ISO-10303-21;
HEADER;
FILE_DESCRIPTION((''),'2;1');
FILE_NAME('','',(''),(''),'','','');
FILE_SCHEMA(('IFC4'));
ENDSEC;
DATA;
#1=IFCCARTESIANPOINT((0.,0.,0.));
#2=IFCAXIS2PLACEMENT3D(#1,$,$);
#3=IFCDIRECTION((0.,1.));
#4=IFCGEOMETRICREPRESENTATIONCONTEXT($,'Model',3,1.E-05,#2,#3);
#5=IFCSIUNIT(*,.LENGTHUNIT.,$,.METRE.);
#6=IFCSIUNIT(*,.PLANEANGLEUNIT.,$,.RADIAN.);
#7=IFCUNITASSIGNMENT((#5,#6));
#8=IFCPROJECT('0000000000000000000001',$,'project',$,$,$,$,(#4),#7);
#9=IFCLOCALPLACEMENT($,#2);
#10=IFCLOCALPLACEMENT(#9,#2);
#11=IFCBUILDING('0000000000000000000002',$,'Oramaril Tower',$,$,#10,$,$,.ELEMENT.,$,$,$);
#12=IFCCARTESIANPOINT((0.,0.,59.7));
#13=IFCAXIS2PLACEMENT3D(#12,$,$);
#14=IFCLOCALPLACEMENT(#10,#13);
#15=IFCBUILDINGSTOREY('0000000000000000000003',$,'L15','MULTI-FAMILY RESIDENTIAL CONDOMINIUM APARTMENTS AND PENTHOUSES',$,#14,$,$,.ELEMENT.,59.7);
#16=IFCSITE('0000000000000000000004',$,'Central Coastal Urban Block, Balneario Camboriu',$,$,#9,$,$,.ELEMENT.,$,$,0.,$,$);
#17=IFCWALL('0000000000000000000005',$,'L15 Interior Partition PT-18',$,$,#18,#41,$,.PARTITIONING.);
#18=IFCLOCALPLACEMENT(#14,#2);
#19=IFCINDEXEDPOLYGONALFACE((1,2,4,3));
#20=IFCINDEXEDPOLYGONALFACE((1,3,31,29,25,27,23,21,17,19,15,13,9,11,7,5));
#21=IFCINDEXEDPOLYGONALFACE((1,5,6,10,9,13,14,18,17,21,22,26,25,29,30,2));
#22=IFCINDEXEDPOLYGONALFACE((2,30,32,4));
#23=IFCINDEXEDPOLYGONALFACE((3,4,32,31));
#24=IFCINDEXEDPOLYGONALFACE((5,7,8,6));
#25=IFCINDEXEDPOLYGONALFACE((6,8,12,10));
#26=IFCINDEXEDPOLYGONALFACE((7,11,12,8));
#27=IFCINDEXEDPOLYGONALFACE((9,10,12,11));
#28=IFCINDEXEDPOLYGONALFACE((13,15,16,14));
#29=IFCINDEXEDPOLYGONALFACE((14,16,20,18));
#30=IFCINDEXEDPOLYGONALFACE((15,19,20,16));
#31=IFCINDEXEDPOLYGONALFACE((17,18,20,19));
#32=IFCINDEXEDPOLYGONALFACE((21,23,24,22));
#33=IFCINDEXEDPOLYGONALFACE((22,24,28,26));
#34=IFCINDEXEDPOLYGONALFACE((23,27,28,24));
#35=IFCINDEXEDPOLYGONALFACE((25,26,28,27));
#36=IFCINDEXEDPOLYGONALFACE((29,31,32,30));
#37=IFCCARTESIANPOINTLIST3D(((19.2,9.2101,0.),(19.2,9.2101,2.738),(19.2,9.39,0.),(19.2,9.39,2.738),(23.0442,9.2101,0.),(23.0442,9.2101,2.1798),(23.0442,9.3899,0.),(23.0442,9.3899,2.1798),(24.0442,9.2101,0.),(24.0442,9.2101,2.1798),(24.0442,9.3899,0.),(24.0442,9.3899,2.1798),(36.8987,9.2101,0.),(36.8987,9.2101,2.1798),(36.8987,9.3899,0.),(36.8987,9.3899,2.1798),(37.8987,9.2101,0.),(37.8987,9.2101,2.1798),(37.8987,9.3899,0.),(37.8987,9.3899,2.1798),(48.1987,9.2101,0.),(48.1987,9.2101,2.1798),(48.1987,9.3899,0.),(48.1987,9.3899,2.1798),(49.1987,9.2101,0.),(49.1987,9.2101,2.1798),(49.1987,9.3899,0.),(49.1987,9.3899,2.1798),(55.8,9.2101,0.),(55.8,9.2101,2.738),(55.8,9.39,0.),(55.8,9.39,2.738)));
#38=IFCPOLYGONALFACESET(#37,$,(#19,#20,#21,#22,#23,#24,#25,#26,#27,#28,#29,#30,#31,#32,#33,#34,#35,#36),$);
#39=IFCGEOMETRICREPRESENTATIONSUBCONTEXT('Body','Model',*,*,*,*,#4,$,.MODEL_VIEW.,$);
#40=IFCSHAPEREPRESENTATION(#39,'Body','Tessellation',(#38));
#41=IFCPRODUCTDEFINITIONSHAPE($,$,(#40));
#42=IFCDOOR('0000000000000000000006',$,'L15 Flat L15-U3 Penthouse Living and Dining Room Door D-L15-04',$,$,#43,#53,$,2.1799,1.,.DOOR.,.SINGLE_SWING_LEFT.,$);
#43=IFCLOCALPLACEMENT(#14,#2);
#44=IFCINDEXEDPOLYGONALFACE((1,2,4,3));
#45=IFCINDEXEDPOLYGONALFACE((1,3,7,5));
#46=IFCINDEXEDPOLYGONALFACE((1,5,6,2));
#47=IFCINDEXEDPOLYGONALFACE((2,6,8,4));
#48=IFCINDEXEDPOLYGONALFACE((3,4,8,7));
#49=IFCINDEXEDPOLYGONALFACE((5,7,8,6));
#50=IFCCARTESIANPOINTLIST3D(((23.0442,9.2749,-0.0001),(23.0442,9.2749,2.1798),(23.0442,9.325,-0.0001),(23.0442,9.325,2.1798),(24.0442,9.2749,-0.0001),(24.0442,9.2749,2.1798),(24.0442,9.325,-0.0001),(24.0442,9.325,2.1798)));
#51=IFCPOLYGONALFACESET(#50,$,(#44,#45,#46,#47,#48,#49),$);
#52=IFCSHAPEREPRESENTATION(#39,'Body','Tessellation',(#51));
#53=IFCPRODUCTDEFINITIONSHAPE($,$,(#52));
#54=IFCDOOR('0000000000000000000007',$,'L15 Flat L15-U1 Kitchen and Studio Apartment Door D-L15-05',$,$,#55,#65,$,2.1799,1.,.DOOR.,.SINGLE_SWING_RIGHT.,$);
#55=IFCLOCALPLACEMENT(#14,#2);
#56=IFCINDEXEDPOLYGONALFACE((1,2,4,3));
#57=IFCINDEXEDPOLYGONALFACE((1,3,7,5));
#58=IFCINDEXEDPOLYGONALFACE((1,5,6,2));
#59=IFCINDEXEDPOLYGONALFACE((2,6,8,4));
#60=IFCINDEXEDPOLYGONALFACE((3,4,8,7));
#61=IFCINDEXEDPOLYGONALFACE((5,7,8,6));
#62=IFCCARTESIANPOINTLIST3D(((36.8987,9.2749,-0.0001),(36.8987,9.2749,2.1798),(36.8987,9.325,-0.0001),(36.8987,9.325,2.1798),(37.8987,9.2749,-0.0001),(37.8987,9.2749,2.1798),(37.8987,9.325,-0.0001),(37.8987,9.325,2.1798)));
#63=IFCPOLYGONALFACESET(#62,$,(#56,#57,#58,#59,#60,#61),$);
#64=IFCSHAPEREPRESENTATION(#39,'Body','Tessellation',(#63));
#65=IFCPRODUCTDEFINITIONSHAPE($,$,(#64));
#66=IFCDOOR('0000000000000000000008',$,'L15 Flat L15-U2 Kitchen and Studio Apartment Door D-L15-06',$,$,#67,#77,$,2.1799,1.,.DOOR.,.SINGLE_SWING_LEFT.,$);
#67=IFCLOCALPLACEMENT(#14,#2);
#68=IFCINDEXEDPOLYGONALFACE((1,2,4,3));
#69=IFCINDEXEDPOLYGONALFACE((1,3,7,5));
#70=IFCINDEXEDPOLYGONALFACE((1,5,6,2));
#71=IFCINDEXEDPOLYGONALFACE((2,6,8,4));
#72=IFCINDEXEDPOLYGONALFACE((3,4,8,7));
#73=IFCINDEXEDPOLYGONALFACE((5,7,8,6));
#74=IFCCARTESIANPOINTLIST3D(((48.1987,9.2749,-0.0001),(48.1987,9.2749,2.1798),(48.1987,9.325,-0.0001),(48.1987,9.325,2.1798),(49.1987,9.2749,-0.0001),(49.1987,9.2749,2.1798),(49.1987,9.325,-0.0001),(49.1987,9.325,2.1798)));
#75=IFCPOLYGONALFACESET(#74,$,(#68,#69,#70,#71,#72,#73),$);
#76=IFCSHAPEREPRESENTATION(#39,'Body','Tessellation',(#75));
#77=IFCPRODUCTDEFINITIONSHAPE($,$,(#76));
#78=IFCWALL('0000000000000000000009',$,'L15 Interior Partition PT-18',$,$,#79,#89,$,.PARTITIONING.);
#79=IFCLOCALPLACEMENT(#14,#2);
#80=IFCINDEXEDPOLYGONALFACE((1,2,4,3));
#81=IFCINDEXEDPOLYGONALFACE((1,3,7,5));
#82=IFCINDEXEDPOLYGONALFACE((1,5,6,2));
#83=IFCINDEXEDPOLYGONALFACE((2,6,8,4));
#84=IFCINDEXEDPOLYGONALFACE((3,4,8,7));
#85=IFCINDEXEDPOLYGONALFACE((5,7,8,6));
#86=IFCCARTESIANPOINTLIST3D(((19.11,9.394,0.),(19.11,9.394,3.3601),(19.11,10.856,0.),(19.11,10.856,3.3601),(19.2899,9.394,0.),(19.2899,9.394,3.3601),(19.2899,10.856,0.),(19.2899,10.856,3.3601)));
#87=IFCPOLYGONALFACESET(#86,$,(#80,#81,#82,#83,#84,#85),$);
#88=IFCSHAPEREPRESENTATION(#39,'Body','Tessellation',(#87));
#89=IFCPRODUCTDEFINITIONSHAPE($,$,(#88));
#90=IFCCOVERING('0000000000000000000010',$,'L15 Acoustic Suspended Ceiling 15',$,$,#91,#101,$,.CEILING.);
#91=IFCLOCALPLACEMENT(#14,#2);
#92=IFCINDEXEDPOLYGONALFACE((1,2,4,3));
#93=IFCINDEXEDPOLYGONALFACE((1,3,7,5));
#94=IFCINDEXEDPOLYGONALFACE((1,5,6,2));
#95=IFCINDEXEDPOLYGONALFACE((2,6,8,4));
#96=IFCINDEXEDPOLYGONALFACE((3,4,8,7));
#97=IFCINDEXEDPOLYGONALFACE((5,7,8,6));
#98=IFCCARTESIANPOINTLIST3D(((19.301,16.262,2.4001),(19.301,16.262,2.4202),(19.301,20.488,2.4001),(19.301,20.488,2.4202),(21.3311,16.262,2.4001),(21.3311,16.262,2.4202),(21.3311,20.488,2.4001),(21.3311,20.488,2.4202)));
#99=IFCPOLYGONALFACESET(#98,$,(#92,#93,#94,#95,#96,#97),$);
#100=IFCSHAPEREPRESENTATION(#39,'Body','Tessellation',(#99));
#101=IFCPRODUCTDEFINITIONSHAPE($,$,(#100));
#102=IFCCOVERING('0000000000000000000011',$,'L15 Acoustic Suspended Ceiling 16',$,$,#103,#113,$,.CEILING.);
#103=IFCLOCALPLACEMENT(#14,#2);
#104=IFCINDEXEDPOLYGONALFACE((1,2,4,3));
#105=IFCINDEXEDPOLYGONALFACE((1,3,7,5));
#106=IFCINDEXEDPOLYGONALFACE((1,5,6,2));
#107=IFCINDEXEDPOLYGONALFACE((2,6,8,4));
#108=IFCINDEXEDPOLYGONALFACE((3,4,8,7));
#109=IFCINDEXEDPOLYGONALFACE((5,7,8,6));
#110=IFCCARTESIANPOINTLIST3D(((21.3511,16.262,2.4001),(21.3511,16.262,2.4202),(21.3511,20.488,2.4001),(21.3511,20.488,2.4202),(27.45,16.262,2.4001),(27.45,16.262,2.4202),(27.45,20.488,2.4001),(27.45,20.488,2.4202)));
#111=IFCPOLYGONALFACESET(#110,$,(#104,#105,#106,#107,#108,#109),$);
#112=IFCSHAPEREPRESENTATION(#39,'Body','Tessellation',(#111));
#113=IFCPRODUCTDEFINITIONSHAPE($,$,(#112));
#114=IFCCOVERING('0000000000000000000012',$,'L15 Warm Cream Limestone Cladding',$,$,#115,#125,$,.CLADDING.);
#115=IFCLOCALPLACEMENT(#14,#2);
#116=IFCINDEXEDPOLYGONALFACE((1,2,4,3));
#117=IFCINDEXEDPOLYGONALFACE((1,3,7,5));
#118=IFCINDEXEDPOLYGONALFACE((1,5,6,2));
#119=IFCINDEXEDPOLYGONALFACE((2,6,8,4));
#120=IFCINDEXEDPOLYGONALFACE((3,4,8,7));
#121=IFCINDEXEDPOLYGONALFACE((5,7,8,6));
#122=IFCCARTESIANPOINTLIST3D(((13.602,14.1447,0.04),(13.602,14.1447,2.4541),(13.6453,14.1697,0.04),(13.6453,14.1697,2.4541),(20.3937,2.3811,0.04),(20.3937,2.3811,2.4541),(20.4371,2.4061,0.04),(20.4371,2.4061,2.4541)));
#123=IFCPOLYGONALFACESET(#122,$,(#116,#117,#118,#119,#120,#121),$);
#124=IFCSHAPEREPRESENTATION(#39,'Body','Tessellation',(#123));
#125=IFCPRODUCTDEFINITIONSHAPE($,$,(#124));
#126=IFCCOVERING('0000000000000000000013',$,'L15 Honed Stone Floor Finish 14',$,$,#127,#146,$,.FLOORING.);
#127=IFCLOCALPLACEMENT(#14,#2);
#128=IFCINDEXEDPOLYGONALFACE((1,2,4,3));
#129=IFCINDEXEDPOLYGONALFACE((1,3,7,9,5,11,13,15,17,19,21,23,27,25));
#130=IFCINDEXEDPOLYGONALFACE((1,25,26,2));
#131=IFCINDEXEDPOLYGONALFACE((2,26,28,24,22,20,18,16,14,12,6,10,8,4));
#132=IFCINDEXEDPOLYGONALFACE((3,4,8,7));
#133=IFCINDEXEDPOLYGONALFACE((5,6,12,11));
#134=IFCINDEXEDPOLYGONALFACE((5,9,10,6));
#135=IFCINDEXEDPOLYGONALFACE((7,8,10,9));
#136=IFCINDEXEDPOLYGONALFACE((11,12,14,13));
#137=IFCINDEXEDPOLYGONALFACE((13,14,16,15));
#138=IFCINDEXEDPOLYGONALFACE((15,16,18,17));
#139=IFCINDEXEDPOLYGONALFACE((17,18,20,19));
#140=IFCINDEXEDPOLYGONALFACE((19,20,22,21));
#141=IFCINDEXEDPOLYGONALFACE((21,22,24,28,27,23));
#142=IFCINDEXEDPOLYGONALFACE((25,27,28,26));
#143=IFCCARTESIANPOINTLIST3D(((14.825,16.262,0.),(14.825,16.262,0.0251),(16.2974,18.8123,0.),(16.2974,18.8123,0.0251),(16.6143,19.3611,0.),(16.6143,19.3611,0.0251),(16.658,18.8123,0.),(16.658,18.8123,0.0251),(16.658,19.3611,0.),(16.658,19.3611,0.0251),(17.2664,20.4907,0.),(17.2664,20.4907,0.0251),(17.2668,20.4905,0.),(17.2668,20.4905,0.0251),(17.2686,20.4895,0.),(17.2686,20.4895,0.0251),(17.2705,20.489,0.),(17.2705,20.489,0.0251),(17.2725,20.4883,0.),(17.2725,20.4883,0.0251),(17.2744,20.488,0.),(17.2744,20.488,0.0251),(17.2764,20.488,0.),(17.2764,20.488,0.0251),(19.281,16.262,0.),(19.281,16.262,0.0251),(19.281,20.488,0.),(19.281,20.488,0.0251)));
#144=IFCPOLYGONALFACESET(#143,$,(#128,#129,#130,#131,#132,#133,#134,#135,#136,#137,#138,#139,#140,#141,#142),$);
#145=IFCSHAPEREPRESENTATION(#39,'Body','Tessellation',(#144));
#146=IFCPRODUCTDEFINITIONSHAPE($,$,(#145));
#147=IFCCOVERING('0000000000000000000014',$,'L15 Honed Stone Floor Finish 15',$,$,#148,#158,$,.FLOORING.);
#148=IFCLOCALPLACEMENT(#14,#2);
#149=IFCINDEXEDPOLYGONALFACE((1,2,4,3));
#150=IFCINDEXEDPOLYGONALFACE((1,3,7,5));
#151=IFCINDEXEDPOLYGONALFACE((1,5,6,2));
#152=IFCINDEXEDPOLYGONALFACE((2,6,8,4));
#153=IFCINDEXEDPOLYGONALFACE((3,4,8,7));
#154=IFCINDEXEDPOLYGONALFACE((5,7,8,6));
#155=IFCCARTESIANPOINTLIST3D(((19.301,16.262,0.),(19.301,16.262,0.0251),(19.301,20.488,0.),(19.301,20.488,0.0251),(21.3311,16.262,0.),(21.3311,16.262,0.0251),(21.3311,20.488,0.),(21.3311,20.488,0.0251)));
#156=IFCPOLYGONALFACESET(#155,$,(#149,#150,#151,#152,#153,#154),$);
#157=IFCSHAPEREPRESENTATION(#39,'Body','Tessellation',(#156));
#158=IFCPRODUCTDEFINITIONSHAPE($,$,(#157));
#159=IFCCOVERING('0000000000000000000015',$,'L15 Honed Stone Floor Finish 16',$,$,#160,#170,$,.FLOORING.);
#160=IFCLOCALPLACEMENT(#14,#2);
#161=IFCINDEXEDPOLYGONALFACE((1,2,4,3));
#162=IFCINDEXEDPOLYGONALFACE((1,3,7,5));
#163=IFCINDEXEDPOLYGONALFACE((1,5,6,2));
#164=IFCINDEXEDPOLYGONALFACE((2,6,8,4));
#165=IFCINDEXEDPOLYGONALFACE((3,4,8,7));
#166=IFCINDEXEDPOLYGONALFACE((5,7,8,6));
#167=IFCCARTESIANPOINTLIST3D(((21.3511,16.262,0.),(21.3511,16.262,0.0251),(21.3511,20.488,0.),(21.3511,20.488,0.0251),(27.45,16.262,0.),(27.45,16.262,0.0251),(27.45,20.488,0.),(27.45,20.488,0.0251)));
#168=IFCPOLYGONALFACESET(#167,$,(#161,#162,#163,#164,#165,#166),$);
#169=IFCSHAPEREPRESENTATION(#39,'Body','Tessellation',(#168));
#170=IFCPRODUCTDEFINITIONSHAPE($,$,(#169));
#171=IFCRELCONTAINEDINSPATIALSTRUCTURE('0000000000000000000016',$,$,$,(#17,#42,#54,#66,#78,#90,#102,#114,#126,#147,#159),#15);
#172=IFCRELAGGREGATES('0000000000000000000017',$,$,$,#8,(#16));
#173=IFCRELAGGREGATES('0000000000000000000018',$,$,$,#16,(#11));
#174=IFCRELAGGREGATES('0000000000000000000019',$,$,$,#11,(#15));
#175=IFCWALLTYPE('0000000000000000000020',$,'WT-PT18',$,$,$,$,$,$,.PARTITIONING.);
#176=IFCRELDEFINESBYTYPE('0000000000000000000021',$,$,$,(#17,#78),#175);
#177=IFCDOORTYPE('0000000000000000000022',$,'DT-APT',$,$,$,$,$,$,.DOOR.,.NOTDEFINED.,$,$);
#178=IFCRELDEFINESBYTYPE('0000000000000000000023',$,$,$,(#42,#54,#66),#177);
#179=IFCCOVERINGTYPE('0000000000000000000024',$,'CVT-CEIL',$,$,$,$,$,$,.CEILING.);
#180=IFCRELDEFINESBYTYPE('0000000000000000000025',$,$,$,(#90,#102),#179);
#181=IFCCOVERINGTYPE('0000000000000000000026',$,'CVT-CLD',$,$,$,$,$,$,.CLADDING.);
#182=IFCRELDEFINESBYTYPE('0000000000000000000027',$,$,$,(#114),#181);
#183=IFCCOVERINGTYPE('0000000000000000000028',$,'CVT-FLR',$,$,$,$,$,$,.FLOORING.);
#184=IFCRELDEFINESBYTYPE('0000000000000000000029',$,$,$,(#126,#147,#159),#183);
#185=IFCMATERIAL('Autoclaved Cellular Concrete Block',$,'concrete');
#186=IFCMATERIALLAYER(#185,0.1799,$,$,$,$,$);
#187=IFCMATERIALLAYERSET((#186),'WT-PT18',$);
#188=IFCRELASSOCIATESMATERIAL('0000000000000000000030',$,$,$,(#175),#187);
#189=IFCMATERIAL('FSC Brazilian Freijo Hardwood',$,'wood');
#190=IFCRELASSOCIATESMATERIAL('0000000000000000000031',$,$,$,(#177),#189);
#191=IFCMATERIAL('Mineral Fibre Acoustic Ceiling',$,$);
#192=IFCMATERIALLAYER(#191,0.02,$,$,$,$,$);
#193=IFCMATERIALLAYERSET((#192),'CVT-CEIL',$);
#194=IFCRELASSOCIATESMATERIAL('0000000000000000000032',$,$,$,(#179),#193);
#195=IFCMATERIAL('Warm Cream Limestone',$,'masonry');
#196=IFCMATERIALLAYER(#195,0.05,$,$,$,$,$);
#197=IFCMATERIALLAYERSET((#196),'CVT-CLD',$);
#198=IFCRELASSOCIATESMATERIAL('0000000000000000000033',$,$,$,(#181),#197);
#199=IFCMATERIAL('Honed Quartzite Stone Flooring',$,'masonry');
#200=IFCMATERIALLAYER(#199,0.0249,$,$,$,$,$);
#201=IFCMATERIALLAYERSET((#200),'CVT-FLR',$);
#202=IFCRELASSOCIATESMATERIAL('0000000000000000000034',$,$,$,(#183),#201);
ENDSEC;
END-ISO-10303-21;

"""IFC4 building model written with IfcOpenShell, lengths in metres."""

from ifc_helpers import new_model, si_unit, direction, frame, frame_2d, origin, origin_2d, place, context, subcontext, project, spatial, polyline, rectangle, outline, extrude, material, layer, layer_set, type_object, element, fill, save


model = new_model("IFC4")

# Units and contexts
model_context = context("Model", 3, precision=1e-05, world=origin(), true_north=direction((0.0, 1.0)))
body_context = subcontext(model_context, "Body", "Model", "MODEL_VIEW")
ifc_project = project(units=[si_unit("LENGTHUNIT", "METRE"), si_unit("PLANEANGLEUNIT", "RADIAN")], contexts=[model_context])

# Site, building, storey
site_placement = place(None, origin())
site = spatial("IfcSite", under=ifc_project, at=site_placement, Name="Central Coastal Urban Block, Balneario Camboriu", CompositionType="ELEMENT", RefElevation=0.0)
building_placement = place(site_placement, origin())
building = spatial("IfcBuilding", under=site, at=building_placement, Name="Oramaril Tower", CompositionType="ELEMENT")
storey_placement = place(building_placement, frame((0.0, 0.0, 59.7)))
storey = spatial("IfcBuildingStorey", under=building, at=storey_placement, Name="L15", Description="MULTI-FAMILY RESIDENTIAL CONDOMINIUM APARTMENTS AND PENTHOUSES", CompositionType="ELEMENT", Elevation=59.7)

# Wall, openings, doors
ifc_material_1 = material(Name="Autoclaved Cellular Concrete Block", Category="concrete")
ifc_layer_1 = layer(ifc_material_1, 0.1799)
ifc_layer_set_1 = layer_set([ifc_layer_1], Name="WT-PT18")
wall_type_1 = type_object("IfcWallType", Name="WT-PT18", PredefinedType="PARTITIONING", material=ifc_layer_set_1)
wall_1_placement = place(storey_placement, frame((19.2, 9.3, 0.0), z_axis=(0.0, 0.0, 1.0), x_axis=(1.0, 0.0, 0.0)))
wall_1 = element("IfcWall", 1, at=wall_1_placement, inside=storey, type_object=wall_type_1, Name="L15 Interior Partition PT-18", PredefinedType="PARTITIONING", context=body_context, shape_type="SweptSolid", body=[
    extrude(rectangle(XDim=36.6001, YDim=0.1799, at=frame_2d((18.3, 0.0))), origin(), (0.0, 0.0, 1.0), 2.738),
])
opening_1_placement = place(wall_1_placement, frame((3.8442, 0.0, 0.0)))
opening_1 = element("IfcOpeningElement", 2, at=opening_1_placement, cuts=wall_1, PredefinedType="OPENING", context=body_context, shape_type="SweptSolid", body=[
    extrude(rectangle(XDim=1.0, YDim=2.1799, at=frame_2d((0.5, 1.0898))), frame((0.0, 0.0898, 0.0), z_axis=(0.0, -1.0, 0.0), x_axis=(1.0, 0.0, 0.0)), (0.0, 0.0, 1.0), 0.1799),
])
opening_2_placement = place(wall_1_placement, frame((17.6987, 0.0, 0.0)))
opening_2 = element("IfcOpeningElement", 3, at=opening_2_placement, cuts=wall_1, PredefinedType="OPENING", context=body_context, shape_type="SweptSolid", body=[
    extrude(rectangle(XDim=1.0, YDim=2.1799, at=frame_2d((0.5, 1.0898))), frame((0.0, 0.0898, 0.0), z_axis=(0.0, -1.0, 0.0), x_axis=(1.0, 0.0, 0.0)), (0.0, 0.0, 1.0), 0.1799),
])
opening_3_placement = place(wall_1_placement, frame((28.9988, 0.0, 0.0)))
opening_3 = element("IfcOpeningElement", 4, at=opening_3_placement, cuts=wall_1, PredefinedType="OPENING", context=body_context, shape_type="SweptSolid", body=[
    extrude(rectangle(XDim=1.0, YDim=2.1799, at=frame_2d((0.5, 1.0898))), frame((0.0, 0.0898, 0.0), z_axis=(0.0, -1.0, 0.0), x_axis=(1.0, 0.0, 0.0)), (0.0, 0.0, 1.0), 0.1799),
])
ifc_material_2 = material(Name="FSC Brazilian Freijo Hardwood", Category="wood")
door_type_1 = type_object("IfcDoorType", Name="DT-APT", OperationType="NOTDEFINED", PredefinedType="DOOR", material=ifc_material_2)
door_1_placement = place(opening_1_placement, origin())
door_1 = element("IfcDoor", 5, at=door_1_placement, inside=storey, type_object=door_type_1, Name="L15 Flat L15-U3 Penthouse Living and Dining Room Door D-L15-04", OperationType="SINGLE_SWING_LEFT", OverallHeight=2.1799, OverallWidth=1.0, PredefinedType="DOOR", context=body_context, shape_type="SweptSolid", body=[
    extrude(rectangle(XDim=1.0, YDim=2.1799, at=frame_2d((0.5, 1.0898))), frame((0.0, 0.0249, 0.0), z_axis=(0.0, -1.0, 0.0), x_axis=(1.0, 0.0, 0.0)), (0.0, 0.0, 1.0), 0.05),
])
fill(opening_1, door_1)
door_2_placement = place(opening_2_placement, origin())
door_2 = element("IfcDoor", 6, at=door_2_placement, inside=storey, type_object=door_type_1, Name="L15 Flat L15-U1 Kitchen and Studio Apartment Door D-L15-05", OperationType="SINGLE_SWING_RIGHT", OverallHeight=2.1799, OverallWidth=1.0, PredefinedType="DOOR", context=body_context, shape_type="SweptSolid", body=[
    extrude(rectangle(XDim=1.0, YDim=2.1799, at=frame_2d((0.5, 1.0898))), frame((0.0, 0.0249, 0.0), z_axis=(0.0, -1.0, 0.0), x_axis=(1.0, 0.0, 0.0)), (0.0, 0.0, 1.0), 0.05),
])
fill(opening_2, door_2)
door_3_placement = place(opening_3_placement, origin())
door_3 = element("IfcDoor", 7, at=door_3_placement, inside=storey, type_object=door_type_1, Name="L15 Flat L15-U2 Kitchen and Studio Apartment Door D-L15-06", OperationType="SINGLE_SWING_LEFT", OverallHeight=2.1799, OverallWidth=1.0, PredefinedType="DOOR", context=body_context, shape_type="SweptSolid", body=[
    extrude(rectangle(XDim=1.0, YDim=2.1799, at=frame_2d((0.5, 1.0898))), frame((0.0, 0.0249, 0.0), z_axis=(0.0, -1.0, 0.0), x_axis=(1.0, 0.0, 0.0)), (0.0, 0.0, 1.0), 0.05),
])
fill(opening_3, door_3)

# Wall
wall_2_placement = place(storey_placement, frame((19.2, 9.394, 0.0), z_axis=(0.0, 0.0, 1.0), x_axis=(0.0, 1.0, 0.0)))
element("IfcWall", 8, at=wall_2_placement, inside=storey, type_object=wall_type_1, Name="L15 Interior Partition PT-18", PredefinedType="PARTITIONING", context=body_context, shape_type="SweptSolid", body=[
    extrude(rectangle(XDim=1.4619, YDim=0.1799, at=frame_2d((0.731, 0.0))), origin(), (0.0, 0.0, 1.0), 3.3601),
])

# Coverings
ifc_material_3 = material(Name="Mineral Fibre Acoustic Ceiling")
ifc_layer_2 = layer(ifc_material_3, 0.02)
ifc_layer_set_2 = layer_set([ifc_layer_2], Name="CVT-CEIL")
covering_type_1 = type_object("IfcCoveringType", Name="CVT-CEIL", PredefinedType="CEILING", material=ifc_layer_set_2)
covering_1_placement = place(storey_placement, frame((0.0, 0.0, 2.4001)))
element("IfcCovering", 9, at=covering_1_placement, inside=storey, type_object=covering_type_1, Name="L15 Acoustic Suspended Ceiling 15", PredefinedType="CEILING", context=body_context, shape_type="SweptSolid", body=[
    extrude(outline(polyline([(21.3311, 16.262), (19.301, 16.262), (19.301, 20.488), (21.3311, 20.488), (21.3311, 16.262)])), origin(), (0.0, 0.0, 1.0), 0.02),
])
covering_2_placement = place(storey_placement, frame((0.0, 0.0, 2.4001)))
element("IfcCovering", 10, at=covering_2_placement, inside=storey, type_object=covering_type_1, Name="L15 Acoustic Suspended Ceiling 16", PredefinedType="CEILING", context=body_context, shape_type="SweptSolid", body=[
    extrude(outline(polyline([(21.3511, 20.488), (27.45, 20.488), (27.45, 16.262), (21.3511, 16.262), (21.3511, 20.488)])), origin(), (0.0, 0.0, 1.0), 0.02),
])
ifc_material_4 = material(Name="Warm Cream Limestone", Category="masonry")
ifc_layer_3 = layer(ifc_material_4, 0.05)
ifc_layer_set_3 = layer_set([ifc_layer_3], Name="CVT-CLD")
covering_type_2 = type_object("IfcCoveringType", Name="CVT-CLD", PredefinedType="CLADDING", material=ifc_layer_set_3)
covering_3_placement = place(storey_placement, frame((17.0195, 8.2754, 0.04), z_axis=(0.0, 0.0, 1.0), x_axis=(0.500002, -0.866025, 0.0)))
element("IfcCovering", 11, at=covering_3_placement, inside=storey, type_object=covering_type_2, Name="L15 Warm Cream Limestone Cladding", PredefinedType="CLADDING", context=body_context, shape_type="SweptSolid", body=[
    extrude(rectangle(XDim=13.5835, YDim=0.05, at=origin_2d()), origin(), (0.0, 0.0, 1.0), 2.4141),
])
ifc_material_5 = material(Name="Honed Quartzite Stone Flooring", Category="masonry")
ifc_layer_4 = layer(ifc_material_5, 0.0249)
ifc_layer_set_4 = layer_set([ifc_layer_4], Name="CVT-FLR")
covering_type_3 = type_object("IfcCoveringType", Name="CVT-FLR", PredefinedType="FLOORING", material=ifc_layer_set_4)
covering_4_placement = place(storey_placement, origin())
element("IfcCovering", 12, at=covering_4_placement, inside=storey, type_object=covering_type_3, Name="L15 Honed Stone Floor Finish 14", PredefinedType="FLOORING", context=body_context, shape_type="SweptSolid", body=[
    extrude(outline(polyline([(16.658, 18.8123), (16.658, 19.3611), (16.6143, 19.3611), (17.2664, 20.4907), (17.2668, 20.4905), (17.2686, 20.4895), (17.2705, 20.489), (17.2725, 20.4883), (17.2744, 20.488), (17.2764, 20.488), (19.281, 20.488), (19.281, 16.262), (14.825, 16.262), (16.2974, 18.8123), (16.658, 18.8123)])), origin(), (0.0, 0.0, 1.0), 0.0251),
])
covering_5_placement = place(storey_placement, origin())
element("IfcCovering", 13, at=covering_5_placement, inside=storey, type_object=covering_type_3, Name="L15 Honed Stone Floor Finish 15", PredefinedType="FLOORING", context=body_context, shape_type="SweptSolid", body=[
    extrude(outline(polyline([(21.3311, 16.262), (19.301, 16.262), (19.301, 20.488), (21.3311, 20.488), (21.3311, 16.262)])), origin(), (0.0, 0.0, 1.0), 0.0251),
])
covering_6_placement = place(storey_placement, origin())
element("IfcCovering", 14, at=covering_6_placement, inside=storey, type_object=covering_type_3, Name="L15 Honed Stone Floor Finish 16", PredefinedType="FLOORING", context=body_context, shape_type="SweptSolid", body=[
    extrude(outline(polyline([(21.3511, 20.488), (27.45, 20.488), (27.45, 16.262), (21.3511, 16.262), (21.3511, 20.488)])), origin(), (0.0, 0.0, 1.0), 0.0251),
])

save(model, "model.ifc")
